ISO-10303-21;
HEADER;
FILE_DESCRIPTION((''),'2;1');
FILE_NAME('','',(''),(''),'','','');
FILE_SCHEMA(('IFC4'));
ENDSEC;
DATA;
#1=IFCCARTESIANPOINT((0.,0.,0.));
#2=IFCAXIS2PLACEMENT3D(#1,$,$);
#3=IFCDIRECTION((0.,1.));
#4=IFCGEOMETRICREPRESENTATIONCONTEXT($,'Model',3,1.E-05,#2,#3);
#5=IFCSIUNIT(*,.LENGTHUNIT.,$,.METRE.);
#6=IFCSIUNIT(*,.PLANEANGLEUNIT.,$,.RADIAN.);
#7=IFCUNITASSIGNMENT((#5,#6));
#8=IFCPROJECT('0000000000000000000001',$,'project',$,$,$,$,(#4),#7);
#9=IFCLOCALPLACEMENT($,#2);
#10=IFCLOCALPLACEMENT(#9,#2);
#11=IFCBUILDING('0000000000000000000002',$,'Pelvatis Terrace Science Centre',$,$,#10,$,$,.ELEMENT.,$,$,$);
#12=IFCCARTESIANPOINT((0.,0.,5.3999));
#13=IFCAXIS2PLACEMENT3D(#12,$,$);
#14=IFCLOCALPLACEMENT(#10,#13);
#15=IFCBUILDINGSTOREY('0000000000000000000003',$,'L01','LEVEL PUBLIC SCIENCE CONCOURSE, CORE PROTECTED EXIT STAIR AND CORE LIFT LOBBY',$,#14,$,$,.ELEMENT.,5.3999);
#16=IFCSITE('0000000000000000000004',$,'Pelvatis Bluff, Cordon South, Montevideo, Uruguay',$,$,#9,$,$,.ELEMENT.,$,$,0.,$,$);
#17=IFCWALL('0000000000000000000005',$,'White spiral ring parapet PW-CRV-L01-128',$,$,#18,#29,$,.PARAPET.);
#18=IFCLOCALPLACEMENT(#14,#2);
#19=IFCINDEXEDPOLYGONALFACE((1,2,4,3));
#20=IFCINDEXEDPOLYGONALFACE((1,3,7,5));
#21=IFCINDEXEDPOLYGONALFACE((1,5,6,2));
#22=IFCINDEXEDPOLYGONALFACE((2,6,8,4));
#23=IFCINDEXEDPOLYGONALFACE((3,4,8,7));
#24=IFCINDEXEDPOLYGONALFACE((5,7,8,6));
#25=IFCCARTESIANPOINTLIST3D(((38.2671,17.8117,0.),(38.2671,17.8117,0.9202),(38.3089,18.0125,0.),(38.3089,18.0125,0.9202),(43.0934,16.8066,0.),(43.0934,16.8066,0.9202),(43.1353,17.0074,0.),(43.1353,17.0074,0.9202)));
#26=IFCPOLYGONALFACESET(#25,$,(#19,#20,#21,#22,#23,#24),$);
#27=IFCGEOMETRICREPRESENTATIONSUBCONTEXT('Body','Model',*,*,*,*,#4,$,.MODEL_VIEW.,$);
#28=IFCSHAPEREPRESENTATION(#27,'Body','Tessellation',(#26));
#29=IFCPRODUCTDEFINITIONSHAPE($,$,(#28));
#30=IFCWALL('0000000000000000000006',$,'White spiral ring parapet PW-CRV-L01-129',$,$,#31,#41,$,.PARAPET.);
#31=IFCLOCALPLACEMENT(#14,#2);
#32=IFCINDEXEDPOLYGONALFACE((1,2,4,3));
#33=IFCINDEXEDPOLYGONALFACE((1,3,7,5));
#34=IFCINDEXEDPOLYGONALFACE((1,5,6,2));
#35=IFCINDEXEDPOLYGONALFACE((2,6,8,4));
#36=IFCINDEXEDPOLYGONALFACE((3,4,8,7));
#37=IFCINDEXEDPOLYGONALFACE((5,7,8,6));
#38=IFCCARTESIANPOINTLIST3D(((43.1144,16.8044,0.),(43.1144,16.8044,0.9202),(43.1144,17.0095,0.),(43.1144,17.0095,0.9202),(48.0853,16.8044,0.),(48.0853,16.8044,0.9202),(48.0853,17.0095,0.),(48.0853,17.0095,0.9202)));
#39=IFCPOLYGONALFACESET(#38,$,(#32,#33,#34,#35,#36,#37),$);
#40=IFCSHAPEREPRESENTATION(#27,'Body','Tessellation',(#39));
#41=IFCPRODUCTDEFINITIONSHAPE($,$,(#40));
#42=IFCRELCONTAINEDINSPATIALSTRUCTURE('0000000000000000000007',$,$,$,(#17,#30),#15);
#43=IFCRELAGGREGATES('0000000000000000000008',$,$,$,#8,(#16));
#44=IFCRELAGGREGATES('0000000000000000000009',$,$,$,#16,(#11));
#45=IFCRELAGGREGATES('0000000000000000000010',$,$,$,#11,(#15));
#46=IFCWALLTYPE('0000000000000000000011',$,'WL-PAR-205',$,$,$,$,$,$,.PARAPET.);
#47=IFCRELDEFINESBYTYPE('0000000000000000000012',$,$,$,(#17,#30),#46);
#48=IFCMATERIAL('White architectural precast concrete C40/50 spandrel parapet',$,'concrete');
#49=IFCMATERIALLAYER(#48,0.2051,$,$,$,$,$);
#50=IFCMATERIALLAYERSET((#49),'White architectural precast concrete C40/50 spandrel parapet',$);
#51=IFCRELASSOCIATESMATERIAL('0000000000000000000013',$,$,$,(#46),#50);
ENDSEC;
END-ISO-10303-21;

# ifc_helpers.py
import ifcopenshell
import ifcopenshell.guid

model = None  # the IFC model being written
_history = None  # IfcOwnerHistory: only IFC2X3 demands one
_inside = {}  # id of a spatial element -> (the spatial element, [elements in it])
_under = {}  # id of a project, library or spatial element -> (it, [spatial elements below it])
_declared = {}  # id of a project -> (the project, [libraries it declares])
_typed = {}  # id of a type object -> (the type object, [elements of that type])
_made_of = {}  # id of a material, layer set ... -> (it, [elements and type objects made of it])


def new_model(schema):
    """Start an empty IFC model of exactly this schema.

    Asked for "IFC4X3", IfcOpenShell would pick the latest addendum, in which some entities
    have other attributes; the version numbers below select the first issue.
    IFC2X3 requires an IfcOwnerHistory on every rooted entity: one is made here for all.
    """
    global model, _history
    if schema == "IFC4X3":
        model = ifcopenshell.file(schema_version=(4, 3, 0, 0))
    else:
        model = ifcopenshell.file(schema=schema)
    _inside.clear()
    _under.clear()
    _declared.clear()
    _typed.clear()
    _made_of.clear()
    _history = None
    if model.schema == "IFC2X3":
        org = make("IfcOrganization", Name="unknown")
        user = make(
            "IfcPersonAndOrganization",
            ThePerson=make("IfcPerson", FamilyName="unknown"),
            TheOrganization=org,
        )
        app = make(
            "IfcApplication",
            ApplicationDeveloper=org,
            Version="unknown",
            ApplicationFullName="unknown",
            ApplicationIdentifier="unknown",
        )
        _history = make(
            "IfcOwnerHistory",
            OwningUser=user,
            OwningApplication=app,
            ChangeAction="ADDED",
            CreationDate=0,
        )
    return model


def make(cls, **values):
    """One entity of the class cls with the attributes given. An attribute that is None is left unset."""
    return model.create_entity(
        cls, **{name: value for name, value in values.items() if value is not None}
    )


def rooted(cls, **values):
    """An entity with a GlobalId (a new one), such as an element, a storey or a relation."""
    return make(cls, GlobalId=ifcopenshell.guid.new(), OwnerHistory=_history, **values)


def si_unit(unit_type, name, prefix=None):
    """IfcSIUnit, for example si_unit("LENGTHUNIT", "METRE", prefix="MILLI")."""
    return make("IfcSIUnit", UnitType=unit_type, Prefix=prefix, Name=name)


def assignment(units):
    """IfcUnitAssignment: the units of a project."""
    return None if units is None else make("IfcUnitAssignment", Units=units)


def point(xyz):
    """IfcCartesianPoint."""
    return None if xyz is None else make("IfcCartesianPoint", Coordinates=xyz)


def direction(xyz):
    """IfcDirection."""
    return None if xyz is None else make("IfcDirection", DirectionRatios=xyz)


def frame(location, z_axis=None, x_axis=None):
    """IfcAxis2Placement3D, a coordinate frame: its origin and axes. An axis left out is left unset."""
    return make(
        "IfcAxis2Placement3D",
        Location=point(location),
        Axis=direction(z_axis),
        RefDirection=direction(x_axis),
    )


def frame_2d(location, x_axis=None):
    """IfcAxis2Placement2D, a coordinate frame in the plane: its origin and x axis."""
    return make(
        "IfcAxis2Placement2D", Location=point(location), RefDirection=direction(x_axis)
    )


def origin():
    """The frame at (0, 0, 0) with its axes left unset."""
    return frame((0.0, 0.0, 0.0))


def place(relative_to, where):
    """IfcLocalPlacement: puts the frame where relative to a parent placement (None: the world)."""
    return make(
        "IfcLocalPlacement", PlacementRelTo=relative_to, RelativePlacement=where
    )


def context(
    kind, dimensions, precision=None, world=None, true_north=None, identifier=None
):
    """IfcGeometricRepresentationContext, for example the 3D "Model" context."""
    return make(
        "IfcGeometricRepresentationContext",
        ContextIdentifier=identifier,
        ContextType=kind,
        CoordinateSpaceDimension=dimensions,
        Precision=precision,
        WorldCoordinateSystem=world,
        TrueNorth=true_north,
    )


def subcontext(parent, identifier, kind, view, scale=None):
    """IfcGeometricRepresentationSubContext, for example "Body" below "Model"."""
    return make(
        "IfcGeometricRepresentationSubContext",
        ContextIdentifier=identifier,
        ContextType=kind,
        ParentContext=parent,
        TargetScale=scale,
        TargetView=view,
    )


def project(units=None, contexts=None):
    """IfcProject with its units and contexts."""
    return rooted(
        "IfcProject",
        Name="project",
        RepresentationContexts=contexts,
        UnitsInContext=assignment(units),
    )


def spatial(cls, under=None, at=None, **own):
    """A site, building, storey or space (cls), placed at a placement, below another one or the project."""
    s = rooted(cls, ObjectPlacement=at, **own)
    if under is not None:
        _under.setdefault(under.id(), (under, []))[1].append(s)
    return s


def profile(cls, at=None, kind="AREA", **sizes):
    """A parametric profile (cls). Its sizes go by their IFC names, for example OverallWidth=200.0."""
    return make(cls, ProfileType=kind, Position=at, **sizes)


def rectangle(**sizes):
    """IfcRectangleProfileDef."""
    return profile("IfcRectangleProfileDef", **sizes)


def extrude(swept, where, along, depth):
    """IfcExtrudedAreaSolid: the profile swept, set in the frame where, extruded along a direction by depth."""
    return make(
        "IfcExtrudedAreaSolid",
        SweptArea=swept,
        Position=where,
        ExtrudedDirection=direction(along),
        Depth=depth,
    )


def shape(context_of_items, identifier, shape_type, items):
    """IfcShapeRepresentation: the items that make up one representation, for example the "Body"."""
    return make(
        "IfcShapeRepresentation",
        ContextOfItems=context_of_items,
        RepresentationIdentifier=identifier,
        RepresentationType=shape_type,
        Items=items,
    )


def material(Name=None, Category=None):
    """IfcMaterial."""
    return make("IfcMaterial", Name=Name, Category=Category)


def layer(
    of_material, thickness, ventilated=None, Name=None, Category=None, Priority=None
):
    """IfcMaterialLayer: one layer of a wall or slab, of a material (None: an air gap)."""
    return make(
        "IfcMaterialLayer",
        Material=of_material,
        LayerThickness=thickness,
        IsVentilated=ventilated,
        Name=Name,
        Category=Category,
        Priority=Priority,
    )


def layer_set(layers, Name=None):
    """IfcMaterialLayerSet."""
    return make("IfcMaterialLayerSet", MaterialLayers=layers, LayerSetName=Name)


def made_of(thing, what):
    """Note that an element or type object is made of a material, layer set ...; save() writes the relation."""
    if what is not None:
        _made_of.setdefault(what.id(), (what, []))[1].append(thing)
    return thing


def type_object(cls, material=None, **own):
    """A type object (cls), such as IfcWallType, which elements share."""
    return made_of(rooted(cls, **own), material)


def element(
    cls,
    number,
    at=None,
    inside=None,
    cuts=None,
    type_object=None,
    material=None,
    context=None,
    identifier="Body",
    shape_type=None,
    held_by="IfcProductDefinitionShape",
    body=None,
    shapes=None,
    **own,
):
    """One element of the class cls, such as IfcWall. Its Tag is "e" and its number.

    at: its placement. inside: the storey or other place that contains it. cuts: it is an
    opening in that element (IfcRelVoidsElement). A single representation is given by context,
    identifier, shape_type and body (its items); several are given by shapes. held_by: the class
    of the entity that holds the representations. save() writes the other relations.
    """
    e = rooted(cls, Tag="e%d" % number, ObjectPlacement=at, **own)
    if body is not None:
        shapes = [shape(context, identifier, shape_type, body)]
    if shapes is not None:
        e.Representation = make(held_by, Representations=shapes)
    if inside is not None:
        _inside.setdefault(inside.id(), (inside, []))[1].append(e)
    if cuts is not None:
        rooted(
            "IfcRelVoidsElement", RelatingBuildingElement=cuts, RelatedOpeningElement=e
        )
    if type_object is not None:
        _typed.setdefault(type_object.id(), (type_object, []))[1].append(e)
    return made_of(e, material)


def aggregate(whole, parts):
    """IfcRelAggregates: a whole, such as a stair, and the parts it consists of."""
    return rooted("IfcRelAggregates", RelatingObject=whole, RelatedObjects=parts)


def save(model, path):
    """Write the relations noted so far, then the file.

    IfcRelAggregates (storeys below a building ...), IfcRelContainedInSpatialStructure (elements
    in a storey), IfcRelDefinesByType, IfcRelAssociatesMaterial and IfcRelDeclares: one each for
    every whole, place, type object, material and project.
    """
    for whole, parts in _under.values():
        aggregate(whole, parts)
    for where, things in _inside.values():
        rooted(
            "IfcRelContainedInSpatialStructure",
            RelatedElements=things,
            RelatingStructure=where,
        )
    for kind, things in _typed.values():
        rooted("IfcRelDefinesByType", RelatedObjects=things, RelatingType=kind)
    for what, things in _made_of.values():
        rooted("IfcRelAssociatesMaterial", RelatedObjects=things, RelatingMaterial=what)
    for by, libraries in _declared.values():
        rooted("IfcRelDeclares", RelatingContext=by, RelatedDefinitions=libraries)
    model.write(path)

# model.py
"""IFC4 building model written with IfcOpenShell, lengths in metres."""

from ifc_helpers import new_model, si_unit, direction, frame, frame_2d, origin, place, context, subcontext, project, spatial, rectangle, extrude, material, layer, layer_set, type_object, element, save


model = new_model("IFC4")

# Units and contexts
model_context = context("Model", 3, precision=1e-05, world=origin(), true_north=direction((0.0, 1.0)))
body_context = subcontext(model_context, "Body", "Model", "MODEL_VIEW")
ifc_project = project(units=[si_unit("LENGTHUNIT", "METRE"), si_unit("PLANEANGLEUNIT", "RADIAN")], contexts=[model_context])

# Site, building, storey
site_placement = place(None, origin())
site = spatial("IfcSite", under=ifc_project, at=site_placement, Name="Pelvatis Bluff, Cordon South, Montevideo, Uruguay", CompositionType="ELEMENT", RefElevation=0.0)
building_placement = place(site_placement, origin())
building = spatial("IfcBuilding", under=site, at=building_placement, Name="Pelvatis Terrace Science Centre", CompositionType="ELEMENT")
storey_placement = place(building_placement, frame((0.0, 0.0, 5.3999)))
storey = spatial("IfcBuildingStorey", under=building, at=storey_placement, Name="L01", Description="LEVEL PUBLIC SCIENCE CONCOURSE, CORE PROTECTED EXIT STAIR AND CORE LIFT LOBBY", CompositionType="ELEMENT", Elevation=5.3999)

# Walls
ifc_material_1 = material(Name="White architectural precast concrete C40/50 spandrel parapet", Category="concrete")
ifc_layer_1 = layer(ifc_material_1, 0.2051)
ifc_layer_set_1 = layer_set([ifc_layer_1], Name="White architectural precast concrete C40/50 spandrel parapet")
wall_type_1 = type_object("IfcWallType", Name="WL-PAR-205", PredefinedType="PARAPET", material=ifc_layer_set_1)
wall_1_placement = place(storey_placement, frame((38.2881, 17.9121, 0.0), z_axis=(0.0, 0.0, 1.0), x_axis=(0.978996, -0.203881, 0.0)))
element("IfcWall", 1, at=wall_1_placement, inside=storey, type_object=wall_type_1, Name="White spiral ring parapet PW-CRV-L01-128", PredefinedType="PARAPET", context=body_context, shape_type="SweptSolid", body=[
    extrude(rectangle(XDim=4.9299, YDim=0.2051, at=frame_2d((2.4648, 0.0))), origin(), (0.0, 0.0, 1.0), 0.9202),
])
wall_2_placement = place(storey_placement, frame((43.1145, 16.907, 0.0), z_axis=(0.0, 0.0, 1.0), x_axis=(1.0, 0.0, 0.0)))
element("IfcWall", 2, at=wall_2_placement, inside=storey, type_object=wall_type_1, Name="White spiral ring parapet PW-CRV-L01-129", PredefinedType="PARAPET", context=body_context, shape_type="SweptSolid", body=[
    extrude(rectangle(XDim=4.9709, YDim=0.2051, at=frame_2d((2.4854, 0.0))), origin(), (0.0, 0.0, 1.0), 0.9202),
])

save(model, "model.ifc")
